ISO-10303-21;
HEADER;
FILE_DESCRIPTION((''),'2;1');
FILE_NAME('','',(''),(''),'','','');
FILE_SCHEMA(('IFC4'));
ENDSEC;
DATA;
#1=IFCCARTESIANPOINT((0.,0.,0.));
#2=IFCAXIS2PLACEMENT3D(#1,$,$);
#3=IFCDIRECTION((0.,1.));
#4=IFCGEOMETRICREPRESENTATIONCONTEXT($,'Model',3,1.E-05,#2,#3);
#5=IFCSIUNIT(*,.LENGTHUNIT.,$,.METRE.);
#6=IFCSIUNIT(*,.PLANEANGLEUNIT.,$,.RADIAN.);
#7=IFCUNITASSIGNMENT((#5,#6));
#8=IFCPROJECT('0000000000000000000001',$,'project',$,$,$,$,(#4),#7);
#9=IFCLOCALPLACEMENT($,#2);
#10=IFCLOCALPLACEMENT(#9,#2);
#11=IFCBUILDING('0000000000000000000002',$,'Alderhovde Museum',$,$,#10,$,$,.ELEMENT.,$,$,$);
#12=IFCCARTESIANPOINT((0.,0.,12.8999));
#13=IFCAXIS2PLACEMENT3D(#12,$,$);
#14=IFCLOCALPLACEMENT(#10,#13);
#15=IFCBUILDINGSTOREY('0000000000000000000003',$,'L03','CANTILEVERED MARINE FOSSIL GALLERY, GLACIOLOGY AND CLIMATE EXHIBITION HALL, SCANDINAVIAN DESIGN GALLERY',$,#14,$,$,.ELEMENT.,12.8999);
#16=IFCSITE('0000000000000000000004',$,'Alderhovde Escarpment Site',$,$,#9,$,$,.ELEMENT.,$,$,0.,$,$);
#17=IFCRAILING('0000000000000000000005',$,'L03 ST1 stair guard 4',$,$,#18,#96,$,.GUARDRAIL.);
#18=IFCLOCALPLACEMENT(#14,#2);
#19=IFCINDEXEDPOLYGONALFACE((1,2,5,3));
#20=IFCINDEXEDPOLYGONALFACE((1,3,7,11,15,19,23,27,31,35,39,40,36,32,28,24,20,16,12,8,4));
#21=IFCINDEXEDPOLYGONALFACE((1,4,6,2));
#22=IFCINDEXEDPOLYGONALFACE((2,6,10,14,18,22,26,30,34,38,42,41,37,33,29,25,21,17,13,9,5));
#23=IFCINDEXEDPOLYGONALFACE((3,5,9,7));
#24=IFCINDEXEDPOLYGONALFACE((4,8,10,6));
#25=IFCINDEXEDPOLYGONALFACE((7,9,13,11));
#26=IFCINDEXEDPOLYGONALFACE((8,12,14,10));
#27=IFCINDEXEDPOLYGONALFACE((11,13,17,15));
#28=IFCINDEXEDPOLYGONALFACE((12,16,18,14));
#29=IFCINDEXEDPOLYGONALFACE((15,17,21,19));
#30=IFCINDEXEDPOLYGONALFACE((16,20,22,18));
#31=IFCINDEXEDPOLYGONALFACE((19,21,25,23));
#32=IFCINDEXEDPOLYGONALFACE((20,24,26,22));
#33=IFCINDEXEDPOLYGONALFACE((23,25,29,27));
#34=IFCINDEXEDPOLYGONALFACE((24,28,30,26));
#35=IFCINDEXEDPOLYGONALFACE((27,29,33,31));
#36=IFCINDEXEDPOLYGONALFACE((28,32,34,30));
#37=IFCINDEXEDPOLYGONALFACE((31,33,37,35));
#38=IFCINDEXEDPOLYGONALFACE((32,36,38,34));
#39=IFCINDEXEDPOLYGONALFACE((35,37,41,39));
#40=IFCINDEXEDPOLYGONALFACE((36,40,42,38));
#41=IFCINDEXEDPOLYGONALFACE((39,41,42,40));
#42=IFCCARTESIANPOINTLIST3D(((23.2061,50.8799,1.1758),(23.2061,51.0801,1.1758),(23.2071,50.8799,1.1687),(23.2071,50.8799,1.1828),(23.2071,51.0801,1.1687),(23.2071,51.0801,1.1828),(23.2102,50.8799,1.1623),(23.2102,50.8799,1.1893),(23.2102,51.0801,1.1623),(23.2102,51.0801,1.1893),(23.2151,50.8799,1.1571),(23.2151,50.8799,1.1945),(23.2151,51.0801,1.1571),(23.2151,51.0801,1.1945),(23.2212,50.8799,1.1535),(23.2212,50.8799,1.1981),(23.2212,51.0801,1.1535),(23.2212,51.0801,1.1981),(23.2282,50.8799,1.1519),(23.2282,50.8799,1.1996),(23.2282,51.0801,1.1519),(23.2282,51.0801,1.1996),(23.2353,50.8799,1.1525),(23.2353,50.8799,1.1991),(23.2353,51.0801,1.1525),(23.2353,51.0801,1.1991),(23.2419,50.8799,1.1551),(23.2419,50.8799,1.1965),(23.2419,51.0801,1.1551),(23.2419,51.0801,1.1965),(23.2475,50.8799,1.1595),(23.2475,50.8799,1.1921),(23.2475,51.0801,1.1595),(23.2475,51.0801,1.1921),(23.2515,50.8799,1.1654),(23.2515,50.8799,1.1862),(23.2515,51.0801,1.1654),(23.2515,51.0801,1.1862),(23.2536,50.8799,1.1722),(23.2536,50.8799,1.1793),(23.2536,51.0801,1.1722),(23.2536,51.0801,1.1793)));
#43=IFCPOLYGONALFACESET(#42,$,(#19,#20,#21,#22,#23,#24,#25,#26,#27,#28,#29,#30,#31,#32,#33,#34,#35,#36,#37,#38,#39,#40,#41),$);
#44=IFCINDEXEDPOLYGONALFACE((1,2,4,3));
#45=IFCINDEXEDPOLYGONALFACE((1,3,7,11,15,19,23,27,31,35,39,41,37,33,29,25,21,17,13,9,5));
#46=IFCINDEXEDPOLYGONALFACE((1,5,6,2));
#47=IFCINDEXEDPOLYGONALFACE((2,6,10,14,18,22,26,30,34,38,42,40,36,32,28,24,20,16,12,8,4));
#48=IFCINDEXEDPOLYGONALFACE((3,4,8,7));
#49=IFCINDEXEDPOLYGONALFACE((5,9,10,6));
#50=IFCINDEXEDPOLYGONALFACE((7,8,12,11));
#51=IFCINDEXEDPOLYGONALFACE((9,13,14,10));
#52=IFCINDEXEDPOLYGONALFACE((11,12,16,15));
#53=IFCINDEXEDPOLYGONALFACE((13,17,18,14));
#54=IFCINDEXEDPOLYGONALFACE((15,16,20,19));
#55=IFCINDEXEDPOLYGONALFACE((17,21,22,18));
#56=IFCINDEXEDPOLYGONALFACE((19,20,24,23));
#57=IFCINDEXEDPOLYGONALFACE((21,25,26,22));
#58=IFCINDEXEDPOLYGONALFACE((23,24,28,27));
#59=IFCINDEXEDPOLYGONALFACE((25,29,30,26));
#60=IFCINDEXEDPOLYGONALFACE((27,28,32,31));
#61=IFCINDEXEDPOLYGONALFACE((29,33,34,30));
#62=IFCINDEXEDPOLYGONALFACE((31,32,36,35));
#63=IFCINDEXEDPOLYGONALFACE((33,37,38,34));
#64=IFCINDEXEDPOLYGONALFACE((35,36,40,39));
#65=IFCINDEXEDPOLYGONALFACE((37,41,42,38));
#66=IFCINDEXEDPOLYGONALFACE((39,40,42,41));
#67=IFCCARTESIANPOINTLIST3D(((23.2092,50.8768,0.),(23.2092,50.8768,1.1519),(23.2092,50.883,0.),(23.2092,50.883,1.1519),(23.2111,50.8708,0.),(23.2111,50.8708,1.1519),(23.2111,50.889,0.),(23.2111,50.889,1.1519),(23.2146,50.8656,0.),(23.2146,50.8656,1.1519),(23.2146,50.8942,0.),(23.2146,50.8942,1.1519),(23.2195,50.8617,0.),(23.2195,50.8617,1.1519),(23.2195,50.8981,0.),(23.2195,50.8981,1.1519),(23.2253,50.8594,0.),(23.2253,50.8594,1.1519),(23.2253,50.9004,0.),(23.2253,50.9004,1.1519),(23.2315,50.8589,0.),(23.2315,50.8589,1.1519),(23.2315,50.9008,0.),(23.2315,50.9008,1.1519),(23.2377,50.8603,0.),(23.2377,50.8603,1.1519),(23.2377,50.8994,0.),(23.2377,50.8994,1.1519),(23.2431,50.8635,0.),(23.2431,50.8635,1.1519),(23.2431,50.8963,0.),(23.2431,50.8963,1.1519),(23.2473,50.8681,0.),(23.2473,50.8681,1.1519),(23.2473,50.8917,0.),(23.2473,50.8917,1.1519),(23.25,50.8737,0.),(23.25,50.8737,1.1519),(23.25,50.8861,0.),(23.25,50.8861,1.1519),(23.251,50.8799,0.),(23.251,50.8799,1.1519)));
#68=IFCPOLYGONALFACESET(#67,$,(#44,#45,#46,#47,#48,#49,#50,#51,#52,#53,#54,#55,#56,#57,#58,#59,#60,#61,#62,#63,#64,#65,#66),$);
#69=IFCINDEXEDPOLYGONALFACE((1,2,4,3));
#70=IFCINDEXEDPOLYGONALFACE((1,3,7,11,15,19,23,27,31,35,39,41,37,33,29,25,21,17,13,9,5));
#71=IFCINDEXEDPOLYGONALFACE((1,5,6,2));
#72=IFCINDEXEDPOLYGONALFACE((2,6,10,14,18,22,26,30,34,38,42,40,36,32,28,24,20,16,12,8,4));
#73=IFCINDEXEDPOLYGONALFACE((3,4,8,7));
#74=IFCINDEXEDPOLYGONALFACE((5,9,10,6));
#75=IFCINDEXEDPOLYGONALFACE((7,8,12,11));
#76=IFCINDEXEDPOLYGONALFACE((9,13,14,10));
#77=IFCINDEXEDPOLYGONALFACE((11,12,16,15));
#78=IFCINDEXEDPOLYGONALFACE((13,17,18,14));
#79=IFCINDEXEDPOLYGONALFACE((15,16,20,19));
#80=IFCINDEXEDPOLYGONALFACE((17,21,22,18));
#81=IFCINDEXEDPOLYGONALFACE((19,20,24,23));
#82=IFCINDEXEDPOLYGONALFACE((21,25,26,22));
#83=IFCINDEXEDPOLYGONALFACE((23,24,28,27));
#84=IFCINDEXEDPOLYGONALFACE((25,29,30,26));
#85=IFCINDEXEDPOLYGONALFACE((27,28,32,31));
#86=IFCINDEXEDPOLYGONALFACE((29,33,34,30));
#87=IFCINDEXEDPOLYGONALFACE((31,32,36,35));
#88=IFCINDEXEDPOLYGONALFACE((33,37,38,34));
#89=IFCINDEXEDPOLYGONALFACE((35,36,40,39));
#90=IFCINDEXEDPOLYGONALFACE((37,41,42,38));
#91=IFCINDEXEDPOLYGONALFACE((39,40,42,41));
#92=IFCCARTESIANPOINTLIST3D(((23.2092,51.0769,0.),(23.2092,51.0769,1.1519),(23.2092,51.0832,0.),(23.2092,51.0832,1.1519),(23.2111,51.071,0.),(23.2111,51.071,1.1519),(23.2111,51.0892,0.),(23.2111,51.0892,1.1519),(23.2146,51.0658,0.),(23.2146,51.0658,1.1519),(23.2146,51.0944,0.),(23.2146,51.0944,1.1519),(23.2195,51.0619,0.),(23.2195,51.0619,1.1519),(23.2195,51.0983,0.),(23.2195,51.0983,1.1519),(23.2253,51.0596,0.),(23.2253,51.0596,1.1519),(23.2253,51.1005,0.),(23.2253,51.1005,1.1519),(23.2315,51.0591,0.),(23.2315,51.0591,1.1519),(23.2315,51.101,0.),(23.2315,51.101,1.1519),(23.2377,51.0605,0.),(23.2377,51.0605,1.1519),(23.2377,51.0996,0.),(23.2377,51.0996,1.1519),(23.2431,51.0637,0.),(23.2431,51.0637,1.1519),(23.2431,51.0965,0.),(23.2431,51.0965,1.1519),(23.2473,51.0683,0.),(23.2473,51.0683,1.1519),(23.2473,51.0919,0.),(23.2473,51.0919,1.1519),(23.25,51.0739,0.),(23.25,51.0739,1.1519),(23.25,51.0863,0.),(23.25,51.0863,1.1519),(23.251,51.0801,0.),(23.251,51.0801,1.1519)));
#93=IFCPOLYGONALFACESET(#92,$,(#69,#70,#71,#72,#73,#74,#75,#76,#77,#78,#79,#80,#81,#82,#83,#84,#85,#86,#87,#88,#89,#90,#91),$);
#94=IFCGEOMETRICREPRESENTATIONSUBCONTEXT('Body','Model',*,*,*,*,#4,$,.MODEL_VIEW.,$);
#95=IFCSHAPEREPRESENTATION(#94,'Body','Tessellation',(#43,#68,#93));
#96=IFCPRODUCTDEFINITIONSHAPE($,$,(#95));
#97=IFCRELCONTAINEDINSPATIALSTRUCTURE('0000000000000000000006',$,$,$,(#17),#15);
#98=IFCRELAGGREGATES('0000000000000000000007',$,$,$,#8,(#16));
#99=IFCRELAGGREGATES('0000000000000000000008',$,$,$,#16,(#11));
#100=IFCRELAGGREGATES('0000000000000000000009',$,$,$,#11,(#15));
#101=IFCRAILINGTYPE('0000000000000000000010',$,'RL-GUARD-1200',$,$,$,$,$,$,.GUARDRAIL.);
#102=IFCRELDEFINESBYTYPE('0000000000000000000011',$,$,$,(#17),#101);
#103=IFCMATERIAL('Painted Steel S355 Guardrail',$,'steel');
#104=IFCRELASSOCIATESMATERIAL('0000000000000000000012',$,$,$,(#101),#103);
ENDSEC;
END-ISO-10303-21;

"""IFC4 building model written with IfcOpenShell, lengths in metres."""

from ifc_helpers import new_model, si_unit, direction, frame, origin, origin_2d, place, context, subcontext, project, spatial, circle, extrude, material, type_object, element, save


model = new_model("IFC4")

# Units and contexts
model_context = context("Model", 3, precision=1e-05, world=origin(), true_north=direction((0.0, 1.0)))
body_context = subcontext(model_context, "Body", "Model", "MODEL_VIEW")
ifc_project = project(units=[si_unit("LENGTHUNIT", "METRE"), si_unit("PLANEANGLEUNIT", "RADIAN")], contexts=[model_context])

# Site, building, storey
site_placement = place(None, origin())
site = spatial("IfcSite", under=ifc_project, at=site_placement, Name="Alderhovde Escarpment Site", CompositionType="ELEMENT", RefElevation=0.0)
building_placement = place(site_placement, origin())
building = spatial("IfcBuilding", under=site, at=building_placement, Name="Alderhovde Museum", CompositionType="ELEMENT")
storey_placement = place(building_placement, frame((0.0, 0.0, 12.8999)))
storey = spatial("IfcBuildingStorey", under=building, at=storey_placement, Name="L03", Description="CANTILEVERED MARINE FOSSIL GALLERY, GLACIOLOGY AND CLIMATE EXHIBITION HALL, SCANDINAVIAN DESIGN GALLERY", CompositionType="ELEMENT", Elevation=12.8999)

# Railing
ifc_material_1 = material(Name="Painted Steel S355 Guardrail", Category="steel")
railing_type_1 = type_object("IfcRailingType", Name="RL-GUARD-1200", PredefinedType="GUARDRAIL", material=ifc_material_1)
railing_1_placement = place(storey_placement, frame((23.23, 50.8799, 0.0)))
element("IfcRailing", 1, at=railing_1_placement, inside=storey, type_object=railing_type_1, Name="L03 ST1 stair guard 4", PredefinedType="GUARDRAIL", context=body_context, shape_type="SweptSolid", body=[
    extrude(circle(Radius=0.0239, at=origin_2d()), frame((0.0, 0.0, 1.1758), z_axis=(0.0, 1.0, 0.0), x_axis=(-1.0, 0.0, 0.0)), (0.0, 0.0, 1.0), 0.2002),
    extrude(circle(Radius=0.021, at=origin_2d()), origin(), (0.0, 0.0, 1.0), 1.1519),
    extrude(circle(Radius=0.021, at=origin_2d()), frame((0.0, 0.2002, 0.0)), (0.0, 0.0, 1.0), 1.1519),
])

save(model, "model.ifc")
